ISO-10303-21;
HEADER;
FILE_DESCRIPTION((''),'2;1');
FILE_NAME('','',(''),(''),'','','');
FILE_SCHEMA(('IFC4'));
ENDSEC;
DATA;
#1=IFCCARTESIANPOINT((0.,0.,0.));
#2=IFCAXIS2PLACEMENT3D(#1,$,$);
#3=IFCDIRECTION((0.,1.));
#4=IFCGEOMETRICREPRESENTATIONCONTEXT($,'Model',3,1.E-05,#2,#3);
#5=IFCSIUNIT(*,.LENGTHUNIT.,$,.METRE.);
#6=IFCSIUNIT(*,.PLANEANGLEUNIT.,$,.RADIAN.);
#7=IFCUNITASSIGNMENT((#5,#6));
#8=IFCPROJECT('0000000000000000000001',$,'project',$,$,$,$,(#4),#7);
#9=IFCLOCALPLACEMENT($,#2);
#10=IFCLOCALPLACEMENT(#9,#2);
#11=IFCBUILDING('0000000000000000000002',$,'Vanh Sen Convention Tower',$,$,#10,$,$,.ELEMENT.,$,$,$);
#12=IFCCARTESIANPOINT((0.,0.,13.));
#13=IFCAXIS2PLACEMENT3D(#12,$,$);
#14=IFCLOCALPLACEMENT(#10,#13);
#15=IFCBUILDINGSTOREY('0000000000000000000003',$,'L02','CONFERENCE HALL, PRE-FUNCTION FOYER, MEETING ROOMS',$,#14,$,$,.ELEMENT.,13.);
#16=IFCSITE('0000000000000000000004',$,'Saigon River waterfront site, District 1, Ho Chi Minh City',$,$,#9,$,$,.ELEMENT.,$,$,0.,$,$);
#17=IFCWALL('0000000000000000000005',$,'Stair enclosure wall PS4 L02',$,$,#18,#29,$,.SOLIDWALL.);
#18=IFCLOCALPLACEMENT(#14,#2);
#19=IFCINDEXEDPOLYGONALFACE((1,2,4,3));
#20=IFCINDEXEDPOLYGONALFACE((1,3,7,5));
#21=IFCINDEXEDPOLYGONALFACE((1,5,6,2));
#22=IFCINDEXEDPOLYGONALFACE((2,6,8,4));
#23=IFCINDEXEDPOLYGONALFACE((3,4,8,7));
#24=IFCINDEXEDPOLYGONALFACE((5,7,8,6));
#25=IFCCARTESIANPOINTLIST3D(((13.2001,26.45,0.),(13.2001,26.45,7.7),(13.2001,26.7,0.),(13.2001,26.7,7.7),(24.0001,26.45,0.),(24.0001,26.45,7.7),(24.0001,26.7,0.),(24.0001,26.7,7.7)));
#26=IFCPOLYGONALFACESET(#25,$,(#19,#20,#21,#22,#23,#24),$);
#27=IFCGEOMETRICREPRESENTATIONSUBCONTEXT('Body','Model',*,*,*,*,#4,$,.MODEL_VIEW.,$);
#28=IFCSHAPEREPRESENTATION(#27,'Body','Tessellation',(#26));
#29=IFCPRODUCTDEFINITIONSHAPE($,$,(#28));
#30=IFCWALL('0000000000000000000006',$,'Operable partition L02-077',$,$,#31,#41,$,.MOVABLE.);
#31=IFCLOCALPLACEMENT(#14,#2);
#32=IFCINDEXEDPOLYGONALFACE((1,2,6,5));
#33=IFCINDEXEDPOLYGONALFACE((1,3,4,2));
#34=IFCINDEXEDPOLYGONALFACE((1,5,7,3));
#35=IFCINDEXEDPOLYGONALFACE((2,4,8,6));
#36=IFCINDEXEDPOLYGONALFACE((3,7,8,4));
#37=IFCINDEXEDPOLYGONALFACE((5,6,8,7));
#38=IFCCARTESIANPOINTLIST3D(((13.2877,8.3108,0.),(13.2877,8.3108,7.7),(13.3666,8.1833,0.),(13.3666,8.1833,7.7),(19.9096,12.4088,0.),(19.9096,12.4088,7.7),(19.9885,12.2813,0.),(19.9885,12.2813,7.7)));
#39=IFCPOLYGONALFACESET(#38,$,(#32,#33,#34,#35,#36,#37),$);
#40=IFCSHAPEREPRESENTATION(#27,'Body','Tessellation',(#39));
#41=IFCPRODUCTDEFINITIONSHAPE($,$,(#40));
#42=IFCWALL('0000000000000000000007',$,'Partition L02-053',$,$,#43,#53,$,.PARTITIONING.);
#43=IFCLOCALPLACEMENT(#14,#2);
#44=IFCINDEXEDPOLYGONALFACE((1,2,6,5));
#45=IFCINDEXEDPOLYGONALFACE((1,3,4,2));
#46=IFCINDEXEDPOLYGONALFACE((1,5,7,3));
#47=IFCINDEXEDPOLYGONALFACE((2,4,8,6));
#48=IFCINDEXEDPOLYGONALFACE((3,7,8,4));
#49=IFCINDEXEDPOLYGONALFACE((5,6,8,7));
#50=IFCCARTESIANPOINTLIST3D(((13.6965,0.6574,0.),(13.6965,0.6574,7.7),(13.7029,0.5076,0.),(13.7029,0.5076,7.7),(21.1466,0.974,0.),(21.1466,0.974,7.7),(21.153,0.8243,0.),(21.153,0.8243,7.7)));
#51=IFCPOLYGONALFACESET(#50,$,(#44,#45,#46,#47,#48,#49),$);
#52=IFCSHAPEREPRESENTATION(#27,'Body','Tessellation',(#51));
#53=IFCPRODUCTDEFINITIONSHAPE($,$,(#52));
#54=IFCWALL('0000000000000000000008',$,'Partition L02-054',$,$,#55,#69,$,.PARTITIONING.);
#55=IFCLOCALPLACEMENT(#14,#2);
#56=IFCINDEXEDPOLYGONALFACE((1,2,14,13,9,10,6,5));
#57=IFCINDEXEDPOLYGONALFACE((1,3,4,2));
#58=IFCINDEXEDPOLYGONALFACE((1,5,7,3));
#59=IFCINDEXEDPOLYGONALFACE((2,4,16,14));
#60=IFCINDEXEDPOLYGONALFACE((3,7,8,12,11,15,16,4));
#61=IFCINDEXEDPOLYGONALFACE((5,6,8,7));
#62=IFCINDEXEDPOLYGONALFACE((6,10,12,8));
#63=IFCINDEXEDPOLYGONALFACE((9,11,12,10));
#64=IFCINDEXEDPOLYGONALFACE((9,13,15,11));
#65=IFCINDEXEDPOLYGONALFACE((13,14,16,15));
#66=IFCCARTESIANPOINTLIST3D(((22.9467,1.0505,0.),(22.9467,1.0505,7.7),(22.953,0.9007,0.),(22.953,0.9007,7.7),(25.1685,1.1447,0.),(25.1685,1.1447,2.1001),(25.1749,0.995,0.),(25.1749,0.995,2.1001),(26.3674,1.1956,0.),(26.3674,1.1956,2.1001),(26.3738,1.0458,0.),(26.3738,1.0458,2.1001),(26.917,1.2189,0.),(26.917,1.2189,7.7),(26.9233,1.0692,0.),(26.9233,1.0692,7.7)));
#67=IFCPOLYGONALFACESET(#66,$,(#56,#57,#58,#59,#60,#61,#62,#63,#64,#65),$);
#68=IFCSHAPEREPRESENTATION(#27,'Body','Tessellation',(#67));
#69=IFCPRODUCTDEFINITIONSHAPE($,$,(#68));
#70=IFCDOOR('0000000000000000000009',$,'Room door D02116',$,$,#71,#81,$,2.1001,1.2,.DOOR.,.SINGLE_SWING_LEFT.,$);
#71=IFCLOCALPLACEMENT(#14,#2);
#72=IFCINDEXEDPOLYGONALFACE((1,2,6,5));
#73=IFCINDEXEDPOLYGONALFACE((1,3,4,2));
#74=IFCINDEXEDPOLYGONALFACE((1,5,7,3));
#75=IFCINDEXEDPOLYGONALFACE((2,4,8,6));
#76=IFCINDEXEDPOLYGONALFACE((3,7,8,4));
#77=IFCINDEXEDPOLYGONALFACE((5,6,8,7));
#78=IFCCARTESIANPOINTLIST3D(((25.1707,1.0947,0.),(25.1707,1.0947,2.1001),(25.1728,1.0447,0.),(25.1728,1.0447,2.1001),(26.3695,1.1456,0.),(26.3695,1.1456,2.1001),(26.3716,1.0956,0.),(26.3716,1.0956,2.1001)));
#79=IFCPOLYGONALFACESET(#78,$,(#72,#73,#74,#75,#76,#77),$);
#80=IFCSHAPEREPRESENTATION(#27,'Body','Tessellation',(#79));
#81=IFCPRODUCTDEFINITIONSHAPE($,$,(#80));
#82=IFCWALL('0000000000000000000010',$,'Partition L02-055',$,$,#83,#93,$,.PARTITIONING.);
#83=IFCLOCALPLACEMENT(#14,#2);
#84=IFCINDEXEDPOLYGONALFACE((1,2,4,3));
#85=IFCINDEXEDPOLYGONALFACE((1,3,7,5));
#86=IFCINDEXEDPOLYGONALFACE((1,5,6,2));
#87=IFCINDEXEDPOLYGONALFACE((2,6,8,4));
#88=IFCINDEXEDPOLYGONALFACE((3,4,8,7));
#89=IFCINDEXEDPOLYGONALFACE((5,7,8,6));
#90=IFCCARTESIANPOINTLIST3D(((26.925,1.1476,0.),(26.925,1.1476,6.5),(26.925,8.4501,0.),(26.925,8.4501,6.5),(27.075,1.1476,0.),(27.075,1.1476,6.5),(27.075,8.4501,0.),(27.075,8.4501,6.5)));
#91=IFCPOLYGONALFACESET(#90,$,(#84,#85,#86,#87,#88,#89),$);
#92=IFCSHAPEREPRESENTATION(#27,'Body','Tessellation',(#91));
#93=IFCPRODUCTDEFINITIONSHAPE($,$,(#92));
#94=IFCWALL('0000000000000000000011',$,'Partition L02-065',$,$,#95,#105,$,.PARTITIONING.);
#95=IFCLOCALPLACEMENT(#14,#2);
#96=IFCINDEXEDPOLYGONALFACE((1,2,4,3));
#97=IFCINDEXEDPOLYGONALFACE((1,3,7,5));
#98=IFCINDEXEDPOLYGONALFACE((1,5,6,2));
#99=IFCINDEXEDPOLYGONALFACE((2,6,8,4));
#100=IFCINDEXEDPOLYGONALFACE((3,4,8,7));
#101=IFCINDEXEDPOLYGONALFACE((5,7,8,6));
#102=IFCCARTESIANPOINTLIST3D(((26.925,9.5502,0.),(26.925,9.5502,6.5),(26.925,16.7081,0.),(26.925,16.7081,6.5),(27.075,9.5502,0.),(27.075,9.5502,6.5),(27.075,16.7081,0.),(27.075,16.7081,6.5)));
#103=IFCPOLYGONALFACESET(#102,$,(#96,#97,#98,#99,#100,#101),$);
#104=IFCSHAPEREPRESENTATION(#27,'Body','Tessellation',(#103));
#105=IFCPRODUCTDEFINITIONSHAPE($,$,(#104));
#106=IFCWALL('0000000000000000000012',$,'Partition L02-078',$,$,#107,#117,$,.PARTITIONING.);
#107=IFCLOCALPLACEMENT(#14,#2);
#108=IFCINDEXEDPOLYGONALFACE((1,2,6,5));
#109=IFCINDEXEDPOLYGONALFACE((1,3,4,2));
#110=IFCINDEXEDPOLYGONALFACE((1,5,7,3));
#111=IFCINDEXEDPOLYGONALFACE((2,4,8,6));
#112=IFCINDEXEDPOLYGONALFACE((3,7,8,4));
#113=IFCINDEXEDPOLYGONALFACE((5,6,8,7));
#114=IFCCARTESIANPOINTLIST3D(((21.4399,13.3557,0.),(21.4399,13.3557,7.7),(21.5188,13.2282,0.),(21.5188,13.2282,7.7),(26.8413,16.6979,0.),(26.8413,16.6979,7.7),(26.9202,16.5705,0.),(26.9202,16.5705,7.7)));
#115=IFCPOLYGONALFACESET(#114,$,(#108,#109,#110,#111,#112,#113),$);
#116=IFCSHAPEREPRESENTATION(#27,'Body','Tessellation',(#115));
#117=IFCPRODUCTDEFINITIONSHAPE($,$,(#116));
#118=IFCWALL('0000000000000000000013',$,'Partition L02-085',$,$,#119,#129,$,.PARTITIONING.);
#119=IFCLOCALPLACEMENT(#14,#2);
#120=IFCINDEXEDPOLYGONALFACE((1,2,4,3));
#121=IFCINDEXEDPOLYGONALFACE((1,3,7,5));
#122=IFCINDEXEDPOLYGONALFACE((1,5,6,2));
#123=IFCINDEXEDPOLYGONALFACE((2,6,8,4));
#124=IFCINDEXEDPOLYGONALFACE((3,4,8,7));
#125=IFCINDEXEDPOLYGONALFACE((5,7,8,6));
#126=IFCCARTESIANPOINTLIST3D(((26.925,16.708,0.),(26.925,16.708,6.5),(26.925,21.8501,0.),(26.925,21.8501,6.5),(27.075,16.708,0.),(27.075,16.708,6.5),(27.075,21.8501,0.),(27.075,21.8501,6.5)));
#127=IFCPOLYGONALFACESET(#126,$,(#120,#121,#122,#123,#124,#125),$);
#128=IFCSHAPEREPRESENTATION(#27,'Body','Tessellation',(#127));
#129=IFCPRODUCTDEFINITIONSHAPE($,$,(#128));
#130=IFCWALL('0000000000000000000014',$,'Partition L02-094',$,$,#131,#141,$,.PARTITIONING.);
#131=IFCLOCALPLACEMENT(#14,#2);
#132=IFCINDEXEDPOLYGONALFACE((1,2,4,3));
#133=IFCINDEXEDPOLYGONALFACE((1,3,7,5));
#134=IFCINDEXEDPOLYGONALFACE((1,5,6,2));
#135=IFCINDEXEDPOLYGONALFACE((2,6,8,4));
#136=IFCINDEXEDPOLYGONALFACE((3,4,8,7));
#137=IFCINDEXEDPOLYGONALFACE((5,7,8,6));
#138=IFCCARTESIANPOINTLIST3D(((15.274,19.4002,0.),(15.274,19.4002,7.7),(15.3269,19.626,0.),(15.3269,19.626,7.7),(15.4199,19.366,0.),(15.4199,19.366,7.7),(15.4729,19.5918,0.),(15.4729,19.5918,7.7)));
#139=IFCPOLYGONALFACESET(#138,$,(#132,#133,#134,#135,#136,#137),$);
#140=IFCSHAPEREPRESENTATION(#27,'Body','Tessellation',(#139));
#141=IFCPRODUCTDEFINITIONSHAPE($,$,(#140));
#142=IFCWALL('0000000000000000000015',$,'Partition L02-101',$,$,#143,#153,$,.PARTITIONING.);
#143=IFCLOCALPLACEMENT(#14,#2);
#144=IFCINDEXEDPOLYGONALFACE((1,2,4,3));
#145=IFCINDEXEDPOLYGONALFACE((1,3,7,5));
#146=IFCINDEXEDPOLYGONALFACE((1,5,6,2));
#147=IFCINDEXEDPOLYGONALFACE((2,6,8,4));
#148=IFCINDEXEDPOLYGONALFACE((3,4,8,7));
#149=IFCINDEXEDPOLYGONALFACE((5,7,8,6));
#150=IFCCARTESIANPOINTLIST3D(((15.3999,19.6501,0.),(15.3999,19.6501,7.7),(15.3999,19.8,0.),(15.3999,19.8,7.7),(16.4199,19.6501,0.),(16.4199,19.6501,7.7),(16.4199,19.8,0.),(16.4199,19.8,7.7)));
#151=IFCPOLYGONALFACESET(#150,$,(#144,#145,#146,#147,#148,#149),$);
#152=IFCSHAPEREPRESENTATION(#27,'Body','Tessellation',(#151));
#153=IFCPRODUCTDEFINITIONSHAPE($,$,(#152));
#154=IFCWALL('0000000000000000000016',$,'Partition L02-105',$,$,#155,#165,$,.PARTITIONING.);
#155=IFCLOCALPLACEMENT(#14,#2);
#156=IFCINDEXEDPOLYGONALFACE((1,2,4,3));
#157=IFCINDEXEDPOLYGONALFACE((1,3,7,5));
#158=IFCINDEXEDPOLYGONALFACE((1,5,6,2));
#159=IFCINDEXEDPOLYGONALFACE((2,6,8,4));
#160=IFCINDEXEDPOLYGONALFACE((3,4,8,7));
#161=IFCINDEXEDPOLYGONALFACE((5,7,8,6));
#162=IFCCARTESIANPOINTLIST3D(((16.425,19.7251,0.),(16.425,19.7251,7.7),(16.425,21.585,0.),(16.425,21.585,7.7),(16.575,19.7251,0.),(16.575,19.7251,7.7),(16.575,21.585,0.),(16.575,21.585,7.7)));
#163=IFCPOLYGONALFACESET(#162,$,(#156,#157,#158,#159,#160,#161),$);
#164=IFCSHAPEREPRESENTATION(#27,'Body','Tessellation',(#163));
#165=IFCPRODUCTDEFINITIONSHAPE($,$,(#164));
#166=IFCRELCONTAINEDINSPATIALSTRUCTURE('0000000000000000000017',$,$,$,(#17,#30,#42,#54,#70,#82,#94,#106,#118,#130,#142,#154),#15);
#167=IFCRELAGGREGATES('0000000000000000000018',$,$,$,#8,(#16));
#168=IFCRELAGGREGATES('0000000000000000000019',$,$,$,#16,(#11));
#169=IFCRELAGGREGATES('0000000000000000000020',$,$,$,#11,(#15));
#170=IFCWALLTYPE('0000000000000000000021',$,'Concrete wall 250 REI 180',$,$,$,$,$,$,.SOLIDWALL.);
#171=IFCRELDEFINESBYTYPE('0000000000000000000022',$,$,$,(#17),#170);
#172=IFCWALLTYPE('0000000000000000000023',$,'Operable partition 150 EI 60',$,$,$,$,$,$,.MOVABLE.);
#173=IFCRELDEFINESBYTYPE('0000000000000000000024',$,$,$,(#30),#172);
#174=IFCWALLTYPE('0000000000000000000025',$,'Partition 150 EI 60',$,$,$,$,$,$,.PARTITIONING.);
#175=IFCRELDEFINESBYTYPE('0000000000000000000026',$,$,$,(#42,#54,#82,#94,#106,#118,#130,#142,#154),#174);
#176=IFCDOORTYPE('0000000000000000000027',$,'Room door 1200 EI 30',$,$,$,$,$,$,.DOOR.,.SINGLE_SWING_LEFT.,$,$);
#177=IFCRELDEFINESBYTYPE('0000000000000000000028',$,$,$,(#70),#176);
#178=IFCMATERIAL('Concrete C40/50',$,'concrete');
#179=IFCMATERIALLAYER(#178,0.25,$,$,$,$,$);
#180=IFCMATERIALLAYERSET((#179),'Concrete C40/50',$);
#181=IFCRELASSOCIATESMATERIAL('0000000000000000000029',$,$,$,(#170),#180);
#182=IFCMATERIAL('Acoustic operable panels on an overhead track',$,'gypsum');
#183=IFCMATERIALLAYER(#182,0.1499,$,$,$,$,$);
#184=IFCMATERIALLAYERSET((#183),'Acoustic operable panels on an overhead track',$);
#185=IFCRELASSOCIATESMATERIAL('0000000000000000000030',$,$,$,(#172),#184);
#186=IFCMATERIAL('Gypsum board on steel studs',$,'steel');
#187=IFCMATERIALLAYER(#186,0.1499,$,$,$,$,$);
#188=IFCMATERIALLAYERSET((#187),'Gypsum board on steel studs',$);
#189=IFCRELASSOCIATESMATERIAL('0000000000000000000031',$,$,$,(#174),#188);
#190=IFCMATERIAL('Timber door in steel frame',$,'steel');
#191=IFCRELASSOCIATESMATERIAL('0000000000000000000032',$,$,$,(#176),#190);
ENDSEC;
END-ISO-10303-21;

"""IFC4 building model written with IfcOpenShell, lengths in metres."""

from ifc_helpers import new_model, si_unit, direction, frame, frame_2d, origin, place, context, subcontext, project, spatial, rectangle, extrude, material, layer, layer_set, type_object, element, fill, save


model = new_model("IFC4")

# Units and contexts
model_context = context("Model", 3, precision=1e-05, world=origin(), true_north=direction((0.0, 1.0)))
body_context = subcontext(model_context, "Body", "Model", "MODEL_VIEW")
ifc_project = project(units=[si_unit("LENGTHUNIT", "METRE"), si_unit("PLANEANGLEUNIT", "RADIAN")], contexts=[model_context])

# Site, building, storey
site_placement = place(None, origin())
site = spatial("IfcSite", under=ifc_project, at=site_placement, Name="Saigon River waterfront site, District 1, Ho Chi Minh City", CompositionType="ELEMENT", RefElevation=0.0)
building_placement = place(site_placement, origin())
building = spatial("IfcBuilding", under=site, at=building_placement, Name="Vanh Sen Convention Tower", CompositionType="ELEMENT")
storey_placement = place(building_placement, frame((0.0, 0.0, 13.0)))
storey = spatial("IfcBuildingStorey", under=building, at=storey_placement, Name="L02", Description="CONFERENCE HALL, PRE-FUNCTION FOYER, MEETING ROOMS", CompositionType="ELEMENT", Elevation=13.0)

# Shared definitions
ifc_material_1 = material(Name="Concrete C40/50", Category="concrete")
ifc_layer_1 = layer(ifc_material_1, 0.25)
ifc_layer_set_1 = layer_set([ifc_layer_1], Name="Concrete C40/50")
wall_type_1 = type_object("IfcWallType", Name="Concrete wall 250 REI 180", PredefinedType="SOLIDWALL", material=ifc_layer_set_1)

# Walls
wall_1_placement = place(storey_placement, frame((24.0, 26.575, 0.0), z_axis=(0.0, 0.0, 1.0), x_axis=(-1.0, 0.0, 0.0)))
element("IfcWall", 1, at=wall_1_placement, inside=storey, type_object=wall_type_1, Name="Stair enclosure wall PS4 L02", PredefinedType="SOLIDWALL", context=body_context, shape_type="SweptSolid", body=[
    extrude(rectangle(XDim=10.8, YDim=0.25, at=frame_2d((5.3999, 0.0))), origin(), (0.0, 0.0, 1.0), 7.7),
])
ifc_material_2 = material(Name="Acoustic operable panels on an overhead track", Category="gypsum")
ifc_layer_2 = layer(ifc_material_2, 0.1499)
ifc_layer_set_2 = layer_set([ifc_layer_2], Name="Acoustic operable panels on an overhead track")
wall_type_2 = type_object("IfcWallType", Name="Operable partition 150 EI 60", PredefinedType="MOVABLE", material=ifc_layer_set_2)
wall_2_placement = place(storey_placement, frame((19.949, 12.345, 0.0), z_axis=(0.0, 0.0, 1.0), x_axis=(-0.850341, -0.526232, 0.0)))
element("IfcWall", 2, at=wall_2_placement, inside=storey, type_object=wall_type_2, Name="Operable partition L02-077", PredefinedType="MOVABLE", context=body_context, shape_type="SweptSolid", body=[
    extrude(rectangle(XDim=7.7874, YDim=0.1499, at=frame_2d((3.8936, 0.0))), origin(), (0.0, 0.0, 1.0), 7.7),
])
ifc_material_3 = material(Name="Gypsum board on steel studs", Category="steel")
ifc_layer_3 = layer(ifc_material_3, 0.1499)
ifc_layer_set_3 = layer_set([ifc_layer_3], Name="Gypsum board on steel studs")
wall_type_3 = type_object("IfcWallType", Name="Partition 150 EI 60", PredefinedType="PARTITIONING", material=ifc_layer_set_3)
wall_3_placement = place(storey_placement, frame((21.1499, 0.8992, 0.0), z_axis=(0.0, 0.0, 1.0), x_axis=(-0.999098, -0.042465, 0.0)))
element("IfcWall", 3, at=wall_3_placement, inside=storey, type_object=wall_type_3, Name="Partition L02-053", PredefinedType="PARTITIONING", context=body_context, shape_type="SweptSolid", body=[
    extrude(rectangle(XDim=7.4568, YDim=0.1499, at=frame_2d((3.7285, 0.0))), origin(), (0.0, 0.0, 1.0), 7.7),
])

# Wall, opening, door
wall_4_placement = place(storey_placement, frame((22.95, 0.9756, 0.0), z_axis=(0.0, 0.0, 1.0), x_axis=(0.999101, 0.042392, 0.0)))
wall_4 = element("IfcWall", 4, at=wall_4_placement, inside=storey, type_object=wall_type_3, Name="Partition L02-054", PredefinedType="PARTITIONING", context=body_context, shape_type="SweptSolid", body=[
    extrude(rectangle(XDim=3.9739, YDim=0.1499, at=frame_2d((1.9868, 0.0))), origin(), (0.0, 0.0, 1.0), 7.7),
])
opening_1_placement = place(wall_4_placement, frame((2.2236, 0.0, 0.0)))
opening_1 = element("IfcOpeningElement", 5, at=opening_1_placement, cuts=wall_4, PredefinedType="OPENING", context=body_context, shape_type="SweptSolid", body=[
    extrude(rectangle(XDim=1.2, YDim=2.1001, at=frame_2d((0.6001, 1.05))), frame((0.0, 0.085, 0.0), z_axis=(0.0, -1.0, 0.0), x_axis=(1.0, 0.0, 0.0)), (0.0, 0.0, 1.0), 0.1699),
])
ifc_material_4 = material(Name="Timber door in steel frame", Category="steel")
door_type_1 = type_object("IfcDoorType", Name="Room door 1200 EI 30", OperationType="SINGLE_SWING_LEFT", PredefinedType="DOOR", material=ifc_material_4)
door_1_placement = place(opening_1_placement, origin())
door_1 = element("IfcDoor", 6, at=door_1_placement, inside=storey, type_object=door_type_1, Name="Room door D02116", OperationType="SINGLE_SWING_LEFT", OverallHeight=2.1001, OverallWidth=1.2, PredefinedType="DOOR", context=body_context, shape_type="SweptSolid", body=[
    extrude(rectangle(XDim=1.2, YDim=2.1001, at=frame_2d((0.6001, 1.05))), frame((0.0, 0.0249, 0.0), z_axis=(0.0, -1.0, 0.0), x_axis=(1.0, 0.0, 0.0)), (0.0, 0.0, 1.0), 0.05),
])
fill(opening_1, door_1)

# Walls
wall_5_placement = place(storey_placement, frame((27.0, 1.1475, 0.0), z_axis=(0.0, 0.0, 1.0), x_axis=(0.0, 1.0, 0.0)))
element("IfcWall", 7, at=wall_5_placement, inside=storey, type_object=wall_type_3, Name="Partition L02-055", PredefinedType="PARTITIONING", context=body_context, shape_type="SweptSolid", body=[
    extrude(rectangle(XDim=7.3025, YDim=0.1499, at=frame_2d((3.6514, 0.0))), origin(), (0.0, 0.0, 1.0), 6.5),
])
wall_6_placement = place(storey_placement, frame((27.0, 9.55, 0.0), z_axis=(0.0, 0.0, 1.0), x_axis=(0.0, 1.0, 0.0)))
element("IfcWall", 8, at=wall_6_placement, inside=storey, type_object=wall_type_3, Name="Partition L02-065", PredefinedType="PARTITIONING", context=body_context, shape_type="SweptSolid", body=[
    extrude(rectangle(XDim=7.158, YDim=0.1499, at=frame_2d((3.5791, 0.0))), origin(), (0.0, 0.0, 1.0), 6.5),
])
wall_7_placement = place(storey_placement, frame((21.4795, 13.292, 0.0), z_axis=(0.0, 0.0, 1.0), x_axis=(0.850365, 0.526193, 0.0)))
element("IfcWall", 9, at=wall_7_placement, inside=storey, type_object=wall_type_3, Name="Partition L02-078", PredefinedType="PARTITIONING", context=body_context, shape_type="SweptSolid", body=[
    extrude(rectangle(XDim=6.3518, YDim=0.1499, at=frame_2d((3.1758, 0.0))), origin(), (0.0, 0.0, 1.0), 7.7),
])
wall_8_placement = place(storey_placement, frame((27.0, 16.708, 0.0), z_axis=(0.0, 0.0, 1.0), x_axis=(0.0, 1.0, 0.0)))
element("IfcWall", 10, at=wall_8_placement, inside=storey, type_object=wall_type_3, Name="Partition L02-085", PredefinedType="PARTITIONING", context=body_context, shape_type="SweptSolid", body=[
    extrude(rectangle(XDim=5.1421, YDim=0.1499, at=frame_2d((2.571, 0.0))), origin(), (0.0, 0.0, 1.0), 6.5),
])
wall_9_placement = place(storey_placement, frame((15.3999, 19.6089, 0.0), z_axis=(0.0, 0.0, 1.0), x_axis=(-0.228394, -0.973569, 0.0)))
element("IfcWall", 11, at=wall_9_placement, inside=storey, type_object=wall_type_3, Name="Partition L02-094", PredefinedType="PARTITIONING", context=body_context, shape_type="SweptSolid", body=[
    extrude(rectangle(XDim=0.2319, YDim=0.1499, at=frame_2d((0.116, 0.0))), origin(), (0.0, 0.0, 1.0), 7.7),
])
wall_10_placement = place(storey_placement, frame((16.4199, 19.7251, 0.0), z_axis=(0.0, 0.0, 1.0), x_axis=(-1.0, 0.0, 0.0)))
element("IfcWall", 12, at=wall_10_placement, inside=storey, type_object=wall_type_3, Name="Partition L02-101", PredefinedType="PARTITIONING", context=body_context, shape_type="SweptSolid", body=[
    extrude(rectangle(XDim=1.02, YDim=0.1499, at=frame_2d((0.51, 0.0))), origin(), (0.0, 0.0, 1.0), 7.7),
])
wall_11_placement = place(storey_placement, frame((16.5, 21.585, 0.0), z_axis=(0.0, 0.0, 1.0), x_axis=(0.0, -1.0, 0.0)))
element("IfcWall", 13, at=wall_11_placement, inside=storey, type_object=wall_type_3, Name="Partition L02-105", PredefinedType="PARTITIONING", context=body_context, shape_type="SweptSolid", body=[
    extrude(rectangle(XDim=1.8599, YDim=0.1499, at=frame_2d((0.9299, 0.0))), origin(), (0.0, 0.0, 1.0), 7.7),
])

save(model, "model.ifc")
